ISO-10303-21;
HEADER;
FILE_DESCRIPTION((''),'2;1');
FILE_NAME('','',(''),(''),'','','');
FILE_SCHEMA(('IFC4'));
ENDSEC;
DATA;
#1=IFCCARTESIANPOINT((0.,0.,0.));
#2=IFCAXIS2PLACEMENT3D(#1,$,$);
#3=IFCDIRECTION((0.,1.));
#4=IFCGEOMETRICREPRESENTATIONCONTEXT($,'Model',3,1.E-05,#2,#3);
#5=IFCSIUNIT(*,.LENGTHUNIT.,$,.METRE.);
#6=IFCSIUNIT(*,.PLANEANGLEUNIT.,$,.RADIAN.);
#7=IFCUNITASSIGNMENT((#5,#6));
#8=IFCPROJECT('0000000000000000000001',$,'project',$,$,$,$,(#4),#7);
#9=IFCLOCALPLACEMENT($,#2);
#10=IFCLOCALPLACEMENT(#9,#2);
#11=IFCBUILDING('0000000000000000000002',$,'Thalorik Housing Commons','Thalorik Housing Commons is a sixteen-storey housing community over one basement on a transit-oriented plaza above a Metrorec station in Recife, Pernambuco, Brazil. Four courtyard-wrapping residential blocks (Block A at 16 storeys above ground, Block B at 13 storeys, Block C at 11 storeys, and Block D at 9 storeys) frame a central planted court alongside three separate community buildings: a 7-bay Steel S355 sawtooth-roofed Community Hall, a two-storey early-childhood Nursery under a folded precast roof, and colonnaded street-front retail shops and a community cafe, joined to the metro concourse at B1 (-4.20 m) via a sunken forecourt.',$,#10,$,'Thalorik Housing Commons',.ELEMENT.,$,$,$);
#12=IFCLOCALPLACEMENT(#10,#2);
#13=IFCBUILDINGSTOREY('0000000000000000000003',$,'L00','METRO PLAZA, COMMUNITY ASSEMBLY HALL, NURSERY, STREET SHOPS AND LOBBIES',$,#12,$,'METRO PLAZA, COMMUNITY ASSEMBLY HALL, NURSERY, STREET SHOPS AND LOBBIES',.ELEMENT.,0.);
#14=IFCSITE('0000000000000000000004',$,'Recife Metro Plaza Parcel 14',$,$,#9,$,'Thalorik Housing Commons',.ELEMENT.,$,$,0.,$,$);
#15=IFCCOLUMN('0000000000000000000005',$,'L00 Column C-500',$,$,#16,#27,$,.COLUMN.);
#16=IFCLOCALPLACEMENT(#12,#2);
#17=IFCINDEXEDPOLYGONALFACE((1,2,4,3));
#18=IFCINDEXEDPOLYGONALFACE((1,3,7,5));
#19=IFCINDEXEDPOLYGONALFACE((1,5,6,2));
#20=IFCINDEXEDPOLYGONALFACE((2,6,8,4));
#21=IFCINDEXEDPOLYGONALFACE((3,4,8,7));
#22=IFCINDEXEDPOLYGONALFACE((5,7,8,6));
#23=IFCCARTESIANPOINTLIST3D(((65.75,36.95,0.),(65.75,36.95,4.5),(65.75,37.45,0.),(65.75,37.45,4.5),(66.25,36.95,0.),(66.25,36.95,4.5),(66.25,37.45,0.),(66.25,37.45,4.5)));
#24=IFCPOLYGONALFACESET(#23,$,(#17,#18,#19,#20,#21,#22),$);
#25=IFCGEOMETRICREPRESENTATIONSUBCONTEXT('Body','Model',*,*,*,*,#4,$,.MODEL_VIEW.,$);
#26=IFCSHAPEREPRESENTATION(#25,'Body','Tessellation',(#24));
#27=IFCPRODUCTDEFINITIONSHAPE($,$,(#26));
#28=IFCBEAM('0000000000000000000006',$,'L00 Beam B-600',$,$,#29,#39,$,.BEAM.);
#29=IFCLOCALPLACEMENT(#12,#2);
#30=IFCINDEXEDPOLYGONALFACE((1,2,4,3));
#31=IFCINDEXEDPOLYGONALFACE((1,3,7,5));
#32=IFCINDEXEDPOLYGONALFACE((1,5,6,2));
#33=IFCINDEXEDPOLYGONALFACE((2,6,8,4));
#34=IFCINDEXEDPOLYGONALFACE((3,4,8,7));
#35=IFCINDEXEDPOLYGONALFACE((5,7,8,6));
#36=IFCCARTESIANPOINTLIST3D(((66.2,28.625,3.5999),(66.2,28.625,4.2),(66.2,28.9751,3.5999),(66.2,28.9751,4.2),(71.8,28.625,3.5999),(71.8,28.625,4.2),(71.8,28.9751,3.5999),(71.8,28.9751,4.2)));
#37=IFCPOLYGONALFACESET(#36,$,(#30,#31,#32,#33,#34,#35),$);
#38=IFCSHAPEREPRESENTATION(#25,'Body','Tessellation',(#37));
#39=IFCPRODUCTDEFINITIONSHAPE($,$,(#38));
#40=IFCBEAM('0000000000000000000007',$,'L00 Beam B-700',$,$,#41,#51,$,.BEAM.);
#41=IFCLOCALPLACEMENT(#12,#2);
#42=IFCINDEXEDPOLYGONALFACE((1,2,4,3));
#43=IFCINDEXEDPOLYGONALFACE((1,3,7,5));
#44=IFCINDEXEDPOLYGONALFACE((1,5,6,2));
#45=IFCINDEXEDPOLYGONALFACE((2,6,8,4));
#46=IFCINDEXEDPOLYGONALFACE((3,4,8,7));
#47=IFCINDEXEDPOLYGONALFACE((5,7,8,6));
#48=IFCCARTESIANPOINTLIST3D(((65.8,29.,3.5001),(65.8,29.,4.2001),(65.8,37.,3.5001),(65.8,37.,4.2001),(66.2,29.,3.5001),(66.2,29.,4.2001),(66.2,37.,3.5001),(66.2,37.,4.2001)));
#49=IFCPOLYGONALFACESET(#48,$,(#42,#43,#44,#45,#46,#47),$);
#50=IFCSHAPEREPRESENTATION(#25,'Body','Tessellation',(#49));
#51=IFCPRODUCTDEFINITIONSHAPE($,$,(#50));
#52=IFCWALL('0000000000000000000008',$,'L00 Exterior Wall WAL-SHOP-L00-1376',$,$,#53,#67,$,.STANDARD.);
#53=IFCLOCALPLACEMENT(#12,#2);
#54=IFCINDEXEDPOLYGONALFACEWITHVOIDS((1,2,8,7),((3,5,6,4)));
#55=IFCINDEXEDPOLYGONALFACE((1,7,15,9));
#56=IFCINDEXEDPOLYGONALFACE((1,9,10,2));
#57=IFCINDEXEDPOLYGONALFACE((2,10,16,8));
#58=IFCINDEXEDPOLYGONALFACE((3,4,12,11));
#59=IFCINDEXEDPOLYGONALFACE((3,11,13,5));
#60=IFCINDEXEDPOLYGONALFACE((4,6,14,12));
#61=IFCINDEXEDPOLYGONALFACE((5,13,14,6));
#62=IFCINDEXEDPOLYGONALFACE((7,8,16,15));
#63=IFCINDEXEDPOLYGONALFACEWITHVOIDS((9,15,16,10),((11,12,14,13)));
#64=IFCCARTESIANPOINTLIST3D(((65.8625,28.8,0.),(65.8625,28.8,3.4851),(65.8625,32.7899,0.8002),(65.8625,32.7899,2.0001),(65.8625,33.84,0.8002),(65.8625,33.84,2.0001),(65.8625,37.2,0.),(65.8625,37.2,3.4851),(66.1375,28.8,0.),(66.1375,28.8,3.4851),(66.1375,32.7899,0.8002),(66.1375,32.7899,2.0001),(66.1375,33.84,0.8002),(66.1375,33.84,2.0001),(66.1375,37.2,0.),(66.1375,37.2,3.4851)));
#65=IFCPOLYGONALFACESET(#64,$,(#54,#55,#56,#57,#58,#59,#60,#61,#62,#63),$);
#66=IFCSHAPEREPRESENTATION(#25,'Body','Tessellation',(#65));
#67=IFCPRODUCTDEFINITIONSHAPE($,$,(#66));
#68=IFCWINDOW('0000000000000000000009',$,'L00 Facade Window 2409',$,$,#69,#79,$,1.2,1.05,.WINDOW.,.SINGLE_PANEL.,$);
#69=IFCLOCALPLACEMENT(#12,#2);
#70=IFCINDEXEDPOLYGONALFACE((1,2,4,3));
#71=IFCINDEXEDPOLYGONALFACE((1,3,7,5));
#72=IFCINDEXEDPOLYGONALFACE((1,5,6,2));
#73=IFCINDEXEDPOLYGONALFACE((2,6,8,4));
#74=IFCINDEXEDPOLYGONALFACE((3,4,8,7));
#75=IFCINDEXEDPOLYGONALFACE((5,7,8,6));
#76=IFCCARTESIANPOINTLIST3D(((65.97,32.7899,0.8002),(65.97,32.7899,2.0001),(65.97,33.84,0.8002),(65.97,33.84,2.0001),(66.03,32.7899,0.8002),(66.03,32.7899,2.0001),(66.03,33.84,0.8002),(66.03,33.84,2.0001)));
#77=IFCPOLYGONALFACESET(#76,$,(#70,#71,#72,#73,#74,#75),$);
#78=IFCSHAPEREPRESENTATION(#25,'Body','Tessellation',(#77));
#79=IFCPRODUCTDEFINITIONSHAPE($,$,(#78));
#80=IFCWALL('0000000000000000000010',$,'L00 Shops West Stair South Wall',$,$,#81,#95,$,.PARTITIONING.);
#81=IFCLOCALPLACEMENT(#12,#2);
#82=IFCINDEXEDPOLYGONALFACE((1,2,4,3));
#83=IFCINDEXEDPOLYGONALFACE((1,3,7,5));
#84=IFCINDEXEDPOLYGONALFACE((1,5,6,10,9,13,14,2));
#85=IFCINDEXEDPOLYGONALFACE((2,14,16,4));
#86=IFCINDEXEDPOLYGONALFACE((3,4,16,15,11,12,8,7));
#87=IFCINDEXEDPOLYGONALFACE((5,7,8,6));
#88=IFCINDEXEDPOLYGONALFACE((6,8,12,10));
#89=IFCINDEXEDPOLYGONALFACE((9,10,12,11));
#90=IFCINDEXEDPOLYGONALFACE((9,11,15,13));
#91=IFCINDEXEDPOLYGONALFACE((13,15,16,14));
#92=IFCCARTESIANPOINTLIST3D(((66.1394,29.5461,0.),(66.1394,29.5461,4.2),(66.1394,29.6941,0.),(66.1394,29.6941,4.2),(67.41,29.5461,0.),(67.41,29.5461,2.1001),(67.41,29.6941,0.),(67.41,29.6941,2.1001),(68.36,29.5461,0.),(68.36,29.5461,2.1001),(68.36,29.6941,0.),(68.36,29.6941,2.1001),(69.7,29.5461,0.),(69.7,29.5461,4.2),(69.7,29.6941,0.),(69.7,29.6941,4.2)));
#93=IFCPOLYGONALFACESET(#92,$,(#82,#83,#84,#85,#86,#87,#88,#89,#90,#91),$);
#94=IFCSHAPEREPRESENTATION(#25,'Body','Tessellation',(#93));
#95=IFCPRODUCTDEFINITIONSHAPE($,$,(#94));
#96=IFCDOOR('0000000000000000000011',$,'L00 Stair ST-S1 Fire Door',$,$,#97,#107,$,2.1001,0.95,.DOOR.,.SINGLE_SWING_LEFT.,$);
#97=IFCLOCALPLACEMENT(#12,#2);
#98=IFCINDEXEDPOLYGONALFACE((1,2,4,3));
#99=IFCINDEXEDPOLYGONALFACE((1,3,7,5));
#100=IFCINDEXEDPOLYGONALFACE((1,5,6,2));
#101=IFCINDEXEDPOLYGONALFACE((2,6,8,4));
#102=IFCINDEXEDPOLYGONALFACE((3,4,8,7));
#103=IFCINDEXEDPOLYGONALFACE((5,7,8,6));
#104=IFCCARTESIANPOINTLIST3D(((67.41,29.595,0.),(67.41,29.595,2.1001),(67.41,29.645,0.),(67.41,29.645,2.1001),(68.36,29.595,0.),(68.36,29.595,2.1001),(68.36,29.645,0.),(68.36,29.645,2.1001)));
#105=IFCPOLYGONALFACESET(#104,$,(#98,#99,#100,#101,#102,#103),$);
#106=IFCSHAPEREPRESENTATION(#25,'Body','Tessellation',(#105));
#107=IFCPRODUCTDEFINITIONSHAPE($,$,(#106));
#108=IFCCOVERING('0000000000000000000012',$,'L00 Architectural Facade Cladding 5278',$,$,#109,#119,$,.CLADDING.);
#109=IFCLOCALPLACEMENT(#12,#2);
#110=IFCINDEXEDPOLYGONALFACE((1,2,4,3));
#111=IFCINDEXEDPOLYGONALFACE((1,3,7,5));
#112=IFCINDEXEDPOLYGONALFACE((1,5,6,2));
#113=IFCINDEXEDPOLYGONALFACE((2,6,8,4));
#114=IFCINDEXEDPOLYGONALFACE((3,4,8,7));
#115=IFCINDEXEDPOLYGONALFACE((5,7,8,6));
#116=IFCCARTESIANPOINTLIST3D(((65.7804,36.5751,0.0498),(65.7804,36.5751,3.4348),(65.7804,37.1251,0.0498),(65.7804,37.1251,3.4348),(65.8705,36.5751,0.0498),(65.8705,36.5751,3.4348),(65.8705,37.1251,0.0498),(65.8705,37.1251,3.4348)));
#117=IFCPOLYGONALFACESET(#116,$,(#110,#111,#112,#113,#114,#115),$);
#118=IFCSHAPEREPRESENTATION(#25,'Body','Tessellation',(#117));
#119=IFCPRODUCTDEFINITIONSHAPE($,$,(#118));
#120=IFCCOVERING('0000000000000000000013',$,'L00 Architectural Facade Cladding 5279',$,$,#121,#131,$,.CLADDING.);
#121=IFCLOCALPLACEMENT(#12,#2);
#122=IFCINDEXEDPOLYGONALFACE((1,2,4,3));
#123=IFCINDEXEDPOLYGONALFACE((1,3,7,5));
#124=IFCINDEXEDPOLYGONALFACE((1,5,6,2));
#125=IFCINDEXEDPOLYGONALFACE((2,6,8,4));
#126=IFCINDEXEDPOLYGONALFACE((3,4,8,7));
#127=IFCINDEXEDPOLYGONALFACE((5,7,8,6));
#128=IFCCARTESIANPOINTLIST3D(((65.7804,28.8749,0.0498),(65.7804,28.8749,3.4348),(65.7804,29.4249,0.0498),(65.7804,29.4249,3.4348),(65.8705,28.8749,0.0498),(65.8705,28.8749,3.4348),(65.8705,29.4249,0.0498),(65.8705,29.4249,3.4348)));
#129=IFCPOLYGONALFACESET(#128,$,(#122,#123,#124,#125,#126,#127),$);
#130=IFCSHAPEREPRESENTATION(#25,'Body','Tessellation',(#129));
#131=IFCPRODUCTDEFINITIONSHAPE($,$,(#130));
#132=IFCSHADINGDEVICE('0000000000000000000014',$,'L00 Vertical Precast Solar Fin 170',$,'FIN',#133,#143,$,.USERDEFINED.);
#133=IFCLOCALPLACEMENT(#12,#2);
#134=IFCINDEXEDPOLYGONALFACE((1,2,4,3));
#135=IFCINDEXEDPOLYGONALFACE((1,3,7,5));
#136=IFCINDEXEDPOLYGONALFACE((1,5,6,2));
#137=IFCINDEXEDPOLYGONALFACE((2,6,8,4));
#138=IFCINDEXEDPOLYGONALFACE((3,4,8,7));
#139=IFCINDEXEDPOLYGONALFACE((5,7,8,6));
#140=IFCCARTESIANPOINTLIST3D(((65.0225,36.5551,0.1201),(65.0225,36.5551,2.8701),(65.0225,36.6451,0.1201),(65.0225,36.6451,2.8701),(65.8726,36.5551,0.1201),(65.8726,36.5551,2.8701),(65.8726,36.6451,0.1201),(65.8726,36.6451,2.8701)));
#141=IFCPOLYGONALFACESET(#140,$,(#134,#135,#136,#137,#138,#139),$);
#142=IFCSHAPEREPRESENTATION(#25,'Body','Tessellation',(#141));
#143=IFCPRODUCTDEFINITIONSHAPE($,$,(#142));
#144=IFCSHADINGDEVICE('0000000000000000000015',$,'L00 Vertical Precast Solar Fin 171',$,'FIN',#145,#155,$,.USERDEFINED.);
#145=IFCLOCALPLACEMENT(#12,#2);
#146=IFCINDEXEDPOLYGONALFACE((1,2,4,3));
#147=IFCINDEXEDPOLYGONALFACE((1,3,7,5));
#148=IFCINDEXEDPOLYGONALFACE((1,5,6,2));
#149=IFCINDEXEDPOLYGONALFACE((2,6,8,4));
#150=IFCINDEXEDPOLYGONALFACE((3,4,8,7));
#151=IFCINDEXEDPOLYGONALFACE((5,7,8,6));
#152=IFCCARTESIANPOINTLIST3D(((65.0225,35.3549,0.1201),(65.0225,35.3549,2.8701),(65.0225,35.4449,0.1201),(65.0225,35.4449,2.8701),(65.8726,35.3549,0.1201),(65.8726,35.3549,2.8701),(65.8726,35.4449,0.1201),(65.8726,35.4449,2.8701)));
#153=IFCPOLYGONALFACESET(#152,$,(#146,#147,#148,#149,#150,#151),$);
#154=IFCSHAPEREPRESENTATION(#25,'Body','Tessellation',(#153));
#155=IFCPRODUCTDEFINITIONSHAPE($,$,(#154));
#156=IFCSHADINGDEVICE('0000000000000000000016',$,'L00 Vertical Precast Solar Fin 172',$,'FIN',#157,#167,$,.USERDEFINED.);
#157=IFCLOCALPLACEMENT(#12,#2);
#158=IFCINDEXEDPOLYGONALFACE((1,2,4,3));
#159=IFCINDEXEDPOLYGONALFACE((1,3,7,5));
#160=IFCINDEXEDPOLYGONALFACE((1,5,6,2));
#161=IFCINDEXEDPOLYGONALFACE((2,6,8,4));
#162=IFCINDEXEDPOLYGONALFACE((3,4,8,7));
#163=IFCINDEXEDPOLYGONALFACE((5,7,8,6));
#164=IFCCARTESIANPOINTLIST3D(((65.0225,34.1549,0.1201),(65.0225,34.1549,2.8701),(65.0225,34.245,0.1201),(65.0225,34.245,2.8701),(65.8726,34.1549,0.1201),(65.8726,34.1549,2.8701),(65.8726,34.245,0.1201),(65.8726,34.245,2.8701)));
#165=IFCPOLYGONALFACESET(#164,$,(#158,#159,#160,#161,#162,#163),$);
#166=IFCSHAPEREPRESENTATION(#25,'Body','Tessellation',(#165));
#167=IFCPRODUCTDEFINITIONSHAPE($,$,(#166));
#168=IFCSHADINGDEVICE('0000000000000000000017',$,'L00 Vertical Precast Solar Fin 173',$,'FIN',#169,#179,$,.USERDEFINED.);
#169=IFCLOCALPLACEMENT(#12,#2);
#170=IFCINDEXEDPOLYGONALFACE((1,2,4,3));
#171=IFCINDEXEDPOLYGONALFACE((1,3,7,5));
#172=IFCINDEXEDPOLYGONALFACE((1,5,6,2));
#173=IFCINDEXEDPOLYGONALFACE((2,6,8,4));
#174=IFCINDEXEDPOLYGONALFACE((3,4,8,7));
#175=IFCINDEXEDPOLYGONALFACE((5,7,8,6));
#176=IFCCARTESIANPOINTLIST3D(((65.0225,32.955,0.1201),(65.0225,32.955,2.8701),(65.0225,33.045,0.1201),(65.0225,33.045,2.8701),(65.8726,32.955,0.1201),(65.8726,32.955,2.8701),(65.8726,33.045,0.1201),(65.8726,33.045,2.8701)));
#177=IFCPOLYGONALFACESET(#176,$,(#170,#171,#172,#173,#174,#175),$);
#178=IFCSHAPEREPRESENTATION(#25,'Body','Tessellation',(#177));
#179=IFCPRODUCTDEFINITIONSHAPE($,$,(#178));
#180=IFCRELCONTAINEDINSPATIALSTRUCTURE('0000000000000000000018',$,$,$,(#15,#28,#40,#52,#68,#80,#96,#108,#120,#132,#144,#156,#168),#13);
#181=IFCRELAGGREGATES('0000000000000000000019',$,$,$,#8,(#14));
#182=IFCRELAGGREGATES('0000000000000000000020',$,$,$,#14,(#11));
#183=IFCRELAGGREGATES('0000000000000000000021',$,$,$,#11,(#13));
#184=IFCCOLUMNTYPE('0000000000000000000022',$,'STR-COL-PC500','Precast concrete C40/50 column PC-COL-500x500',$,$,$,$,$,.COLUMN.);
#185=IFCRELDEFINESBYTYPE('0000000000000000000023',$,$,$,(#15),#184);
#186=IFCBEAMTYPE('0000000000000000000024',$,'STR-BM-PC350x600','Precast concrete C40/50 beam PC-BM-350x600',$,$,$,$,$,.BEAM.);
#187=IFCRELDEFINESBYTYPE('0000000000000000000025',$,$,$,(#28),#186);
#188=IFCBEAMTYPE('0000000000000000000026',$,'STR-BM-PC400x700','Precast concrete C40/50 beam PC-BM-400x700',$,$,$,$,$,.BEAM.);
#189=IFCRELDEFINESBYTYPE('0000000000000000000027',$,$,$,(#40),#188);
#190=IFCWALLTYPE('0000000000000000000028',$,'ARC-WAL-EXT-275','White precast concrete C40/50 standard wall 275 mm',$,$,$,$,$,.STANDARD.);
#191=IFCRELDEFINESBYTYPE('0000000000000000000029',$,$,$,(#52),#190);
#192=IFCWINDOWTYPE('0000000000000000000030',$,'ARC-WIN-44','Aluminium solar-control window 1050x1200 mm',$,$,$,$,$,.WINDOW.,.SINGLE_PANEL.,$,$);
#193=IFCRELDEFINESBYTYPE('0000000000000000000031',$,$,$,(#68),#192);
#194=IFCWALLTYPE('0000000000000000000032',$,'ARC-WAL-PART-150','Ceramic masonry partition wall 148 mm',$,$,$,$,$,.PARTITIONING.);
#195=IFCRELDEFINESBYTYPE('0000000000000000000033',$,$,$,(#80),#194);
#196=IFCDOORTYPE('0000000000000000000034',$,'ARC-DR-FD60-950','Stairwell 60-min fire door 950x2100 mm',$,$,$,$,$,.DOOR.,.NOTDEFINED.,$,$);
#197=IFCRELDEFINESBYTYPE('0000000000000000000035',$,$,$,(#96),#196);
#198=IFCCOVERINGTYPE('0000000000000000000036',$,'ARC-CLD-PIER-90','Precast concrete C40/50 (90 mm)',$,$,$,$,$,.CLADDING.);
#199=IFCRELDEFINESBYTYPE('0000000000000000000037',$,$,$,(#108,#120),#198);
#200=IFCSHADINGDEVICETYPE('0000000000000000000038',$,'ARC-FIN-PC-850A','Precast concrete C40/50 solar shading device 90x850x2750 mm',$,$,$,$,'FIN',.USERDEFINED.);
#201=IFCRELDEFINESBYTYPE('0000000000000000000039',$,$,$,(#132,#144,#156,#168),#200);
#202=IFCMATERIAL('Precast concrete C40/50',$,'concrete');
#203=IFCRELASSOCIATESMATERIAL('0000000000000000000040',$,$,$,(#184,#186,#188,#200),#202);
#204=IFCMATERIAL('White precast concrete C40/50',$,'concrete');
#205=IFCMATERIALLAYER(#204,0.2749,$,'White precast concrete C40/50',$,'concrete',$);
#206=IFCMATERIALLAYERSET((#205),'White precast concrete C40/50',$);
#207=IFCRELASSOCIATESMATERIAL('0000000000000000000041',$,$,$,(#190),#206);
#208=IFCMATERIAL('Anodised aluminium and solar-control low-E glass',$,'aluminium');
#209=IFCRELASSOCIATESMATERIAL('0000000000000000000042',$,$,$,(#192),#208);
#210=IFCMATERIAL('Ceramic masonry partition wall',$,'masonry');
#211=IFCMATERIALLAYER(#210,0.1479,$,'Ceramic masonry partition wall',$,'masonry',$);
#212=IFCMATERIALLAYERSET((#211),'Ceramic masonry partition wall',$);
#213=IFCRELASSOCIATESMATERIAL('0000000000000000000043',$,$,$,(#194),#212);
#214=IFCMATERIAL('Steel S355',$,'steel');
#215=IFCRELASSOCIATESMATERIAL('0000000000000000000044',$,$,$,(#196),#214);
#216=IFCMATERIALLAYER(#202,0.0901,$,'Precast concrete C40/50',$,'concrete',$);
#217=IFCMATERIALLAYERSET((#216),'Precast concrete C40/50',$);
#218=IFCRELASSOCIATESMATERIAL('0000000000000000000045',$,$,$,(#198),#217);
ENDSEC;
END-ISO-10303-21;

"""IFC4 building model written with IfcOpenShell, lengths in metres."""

from ifc_helpers import new_model, si_unit, direction, frame, frame_2d, origin, origin_2d, place, context, subcontext, project, spatial, rectangle, extrude, material, layer, layer_set, material_profile, profile_set, type_object, element, fill, save


model = new_model("IFC4")

# Units and contexts
model_context = context("Model", 3, precision=1e-05, world=origin(), true_north=direction((0.0, 1.0)))
body_context = subcontext(model_context, "Body", "Model", "MODEL_VIEW")
ifc_project = project(units=[si_unit("LENGTHUNIT", "METRE"), si_unit("PLANEANGLEUNIT", "RADIAN")], contexts=[model_context])

# Site, building, storey
site_placement = place(None, origin())
site = spatial("IfcSite", under=ifc_project, at=site_placement, Name="Recife Metro Plaza Parcel 14", LongName="Thalorik Housing Commons", CompositionType="ELEMENT", RefElevation=0.0)
building_placement = place(site_placement, origin())
building = spatial("IfcBuilding", under=site, at=building_placement, Name="Thalorik Housing Commons", Description="Thalorik Housing Commons is a sixteen-storey housing community over one basement on a transit-oriented plaza above a Metrorec station in Recife, Pernambuco, Brazil. Four courtyard-wrapping residential blocks (Block A at 16 storeys above ground, Block B at 13 storeys, Block C at 11 storeys, and Block D at 9 storeys) frame a central planted court alongside three separate community buildings: a 7-bay Steel S355 sawtooth-roofed Community Hall, a two-storey early-childhood Nursery under a folded precast roof, and colonnaded street-front retail shops and a community cafe, joined to the metro concourse at B1 (-4.20 m) via a sunken forecourt.", LongName="Thalorik Housing Commons", CompositionType="ELEMENT")
storey_placement = place(building_placement, origin())
storey = spatial("IfcBuildingStorey", under=building, at=storey_placement, Name="L00", Description="METRO PLAZA, COMMUNITY ASSEMBLY HALL, NURSERY, STREET SHOPS AND LOBBIES", LongName="METRO PLAZA, COMMUNITY ASSEMBLY HALL, NURSERY, STREET SHOPS AND LOBBIES", CompositionType="ELEMENT", Elevation=0.0)

# Column
ifc_material_1 = material(Name="Precast concrete C40/50", Category="concrete")
ifc_material_profile_1 = material_profile(ifc_material_1, rectangle(XDim=0.5, YDim=0.5, at=origin_2d()), Name="PC 500x500", Category="concrete")
ifc_profile_set_1 = profile_set([ifc_material_profile_1], Name="Precast concrete C40/50")
column_type = type_object("IfcColumnType", Name="STR-COL-PC500", Description="Precast concrete C40/50 column PC-COL-500x500", PredefinedType="COLUMN", material=ifc_profile_set_1)
column_placement = place(storey_placement, frame((66.0, 37.2, 0.0), z_axis=(0.0, 0.0, 1.0), x_axis=(1.0, 0.0, 0.0)))
element("IfcColumn", 1, at=column_placement, inside=storey, type_object=column_type, Name="L00 Column C-500", PredefinedType="COLUMN", context=body_context, shape_type="SweptSolid", body=[
    extrude(rectangle(XDim=0.5, YDim=0.5, at=origin_2d()), origin(), (0.0, 0.0, 1.0), 4.5),
])

# Beams
ifc_material_profile_2 = material_profile(ifc_material_1, rectangle(XDim=0.3501, YDim=0.6001, at=origin_2d()), Name="PC 350x600", Category="concrete")
ifc_profile_set_2 = profile_set([ifc_material_profile_2], Name="Precast concrete C40/50")
beam_type_1 = type_object("IfcBeamType", Name="STR-BM-PC350x600", Description="Precast concrete C40/50 beam PC-BM-350x600", PredefinedType="BEAM", material=ifc_profile_set_2)
beam_1_placement = place(storey_placement, frame((66.2, 28.8, 3.8999), z_axis=(1.0, 0.0, 0.0), x_axis=(0.0, 1.0, 0.0)))
element("IfcBeam", 2, at=beam_1_placement, inside=storey, type_object=beam_type_1, Name="L00 Beam B-600", PredefinedType="BEAM", context=body_context, shape_type="SweptSolid", body=[
    extrude(rectangle(XDim=0.3501, YDim=0.6001, at=origin_2d()), origin(), (0.0, 0.0, 1.0), 5.6001),
])
ifc_material_profile_3 = material_profile(ifc_material_1, rectangle(XDim=0.3999, YDim=0.7, at=origin_2d()), Name="PC 400x700", Category="concrete")
ifc_profile_set_3 = profile_set([ifc_material_profile_3], Name="Precast concrete C40/50")
beam_type_2 = type_object("IfcBeamType", Name="STR-BM-PC400x700", Description="Precast concrete C40/50 beam PC-BM-400x700", PredefinedType="BEAM", material=ifc_profile_set_3)
beam_2_placement = place(storey_placement, frame((66.0, 29.0, 3.8501), z_axis=(0.0, 1.0, 0.0), x_axis=(-1.0, 0.0, 0.0)))
element("IfcBeam", 3, at=beam_2_placement, inside=storey, type_object=beam_type_2, Name="L00 Beam B-700", PredefinedType="BEAM", context=body_context, shape_type="SweptSolid", body=[
    extrude(rectangle(XDim=0.3999, YDim=0.7, at=origin_2d()), origin(), (0.0, 0.0, 1.0), 8.0),
])

# Wall, opening, window
ifc_material_2 = material(Name="White precast concrete C40/50", Category="concrete")
ifc_layer_1 = layer(ifc_material_2, 0.2749, Name="White precast concrete C40/50", Category="concrete")
ifc_layer_set_1 = layer_set([ifc_layer_1], Name="White precast concrete C40/50")
wall_type_1 = type_object("IfcWallType", Name="ARC-WAL-EXT-275", Description="White precast concrete C40/50 standard wall 275 mm", PredefinedType="STANDARD", material=ifc_layer_set_1)
wall_1_placement = place(storey_placement, frame((66.0, 37.2, 0.0), z_axis=(0.0, 0.0, 1.0), x_axis=(0.0, -1.0, 0.0)))
wall_1 = element("IfcWall", 4, at=wall_1_placement, inside=storey, type_object=wall_type_1, Name="L00 Exterior Wall WAL-SHOP-L00-1376", PredefinedType="STANDARD", context=body_context, shape_type="SweptSolid", body=[
    extrude(rectangle(XDim=8.3999, YDim=0.2749, at=frame_2d((4.2, 0.0))), origin(), (0.0, 0.0, 1.0), 3.4851),
])
opening_1_placement = place(wall_1_placement, frame((3.3601, 0.0, 0.8)))
opening_1 = element("IfcOpeningElement", 5, at=opening_1_placement, cuts=wall_1, PredefinedType="OPENING", context=body_context, shape_type="SweptSolid", body=[
    extrude(rectangle(XDim=1.05, YDim=1.2, at=frame_2d((0.5249, 0.6001))), frame((0.0, 0.1475, 0.0), z_axis=(0.0, -1.0, 0.0), x_axis=(1.0, 0.0, 0.0)), (0.0, 0.0, 1.0), 0.2949),
])
ifc_material_3 = material(Name="Anodised aluminium and solar-control low-E glass", Category="aluminium")
window_type = type_object("IfcWindowType", Name="ARC-WIN-44", Description="Aluminium solar-control window 1050x1200 mm", PartitioningType="SINGLE_PANEL", PredefinedType="WINDOW", material=ifc_material_3)
window_placement = place(opening_1_placement, origin())
window = element("IfcWindow", 6, at=window_placement, inside=storey, type_object=window_type, Name="L00 Facade Window 2409", OverallHeight=1.2, OverallWidth=1.05, PartitioningType="SINGLE_PANEL", PredefinedType="WINDOW", context=body_context, shape_type="SweptSolid", body=[
    extrude(rectangle(XDim=1.05, YDim=1.2, at=frame_2d((0.5249, 0.6001))), frame((0.0, 0.03, 0.0), z_axis=(0.0, -1.0, 0.0), x_axis=(1.0, 0.0, 0.0)), (0.0, 0.0, 1.0), 0.0601),
])
fill(opening_1, window)

# Wall, opening, door
ifc_material_4 = material(Name="Ceramic masonry partition wall", Category="masonry")
ifc_layer_2 = layer(ifc_material_4, 0.1479, Name="Ceramic masonry partition wall", Category="masonry")
ifc_layer_set_2 = layer_set([ifc_layer_2], Name="Ceramic masonry partition wall")
wall_type_2 = type_object("IfcWallType", Name="ARC-WAL-PART-150", Description="Ceramic masonry partition wall 148 mm", PredefinedType="PARTITIONING", material=ifc_layer_set_2)
wall_2_placement = place(storey_placement, frame((66.1394, 29.6201, 0.0), z_axis=(0.0, 0.0, 1.0), x_axis=(1.0, 0.0, 0.0)))
wall_2 = element("IfcWall", 7, at=wall_2_placement, inside=storey, type_object=wall_type_2, Name="L00 Shops West Stair South Wall", PredefinedType="PARTITIONING", context=body_context, shape_type="SweptSolid", body=[
    extrude(rectangle(XDim=3.5605, YDim=0.1479, at=frame_2d((1.7803, 0.0))), origin(), (0.0, 0.0, 1.0), 4.2),
])
opening_2_placement = place(wall_2_placement, frame((1.2705, 0.0, 0.0)))
opening_2 = element("IfcOpeningElement", 8, at=opening_2_placement, cuts=wall_2, PredefinedType="OPENING", context=body_context, shape_type="SweptSolid", body=[
    extrude(rectangle(XDim=0.95, YDim=2.1001, at=frame_2d((0.4751, 1.05))), frame((0.0, 0.084, 0.0), z_axis=(0.0, -1.0, 0.0), x_axis=(1.0, 0.0, 0.0)), (0.0, 0.0, 1.0), 0.168),
])
ifc_material_5 = material(Name="Steel S355", Category="steel")
door_type = type_object("IfcDoorType", Name="ARC-DR-FD60-950", Description="Stairwell 60-min fire door 950x2100 mm", OperationType="NOTDEFINED", PredefinedType="DOOR", material=ifc_material_5)
door_placement = place(opening_2_placement, origin())
door = element("IfcDoor", 9, at=door_placement, inside=storey, type_object=door_type, Name="L00 Stair ST-S1 Fire Door", OperationType="SINGLE_SWING_LEFT", OverallHeight=2.1001, OverallWidth=0.95, PredefinedType="DOOR", context=body_context, shape_type="SweptSolid", body=[
    extrude(rectangle(XDim=0.95, YDim=2.1001, at=frame_2d((0.4751, 1.05))), frame((0.0, 0.0249, 0.0), z_axis=(0.0, -1.0, 0.0), x_axis=(1.0, 0.0, 0.0)), (0.0, 0.0, 1.0), 0.05),
])
fill(opening_2, door)

# Coverings
ifc_layer_3 = layer(ifc_material_1, 0.0901, Name="Precast concrete C40/50", Category="concrete")
ifc_layer_set_3 = layer_set([ifc_layer_3], Name="Precast concrete C40/50")
covering_type = type_object("IfcCoveringType", Name="ARC-CLD-PIER-90", Description="Precast concrete C40/50 (90 mm)", PredefinedType="CLADDING", material=ifc_layer_set_3)
for number, where, z_axis, x_axis, name in (
    (10, (65.8254, 36.8501, 0.0498), (0.0, 0.0, 1.0), (0.0, -1.0, 0.0), "L00 Architectural Facade Cladding 5278"),
    (11, (65.8254, 29.1499, 0.0498), (0.0, 0.0, 1.0), (0.0, -1.0, 0.0), "L00 Architectural Facade Cladding 5279"),
):
    element("IfcCovering", number, at=place(storey_placement, frame(where, z_axis=z_axis, x_axis=x_axis)), inside=storey, type_object=covering_type, Name=name, PredefinedType="CLADDING", context=body_context, shape_type="SweptSolid", body=[
        extrude(rectangle(XDim=0.55, YDim=0.0901, at=origin_2d()), origin(), (0.0, 0.0, 1.0), 3.385),
    ])

# Shading devices
shading_device_type = type_object("IfcShadingDeviceType", Name="ARC-FIN-PC-850A", Description="Precast concrete C40/50 solar shading device 90x850x2750 mm", ElementType="FIN", PredefinedType="USERDEFINED", material=ifc_material_1)
for number, where, z_axis, x_axis, name in (
    (12, (65.4475, 36.6001, 0.1201), (0.0, 0.0, 1.0), (0.0, -1.0, 0.0), "L00 Vertical Precast Solar Fin 170"),
    (13, (65.4475, 35.3999, 0.1201), (0.0, 0.0, 1.0), (0.0, -1.0, 0.0), "L00 Vertical Precast Solar Fin 171"),
    (14, (65.4475, 34.2, 0.1201), (0.0, 0.0, 1.0), (0.0, -1.0, 0.0), "L00 Vertical Precast Solar Fin 172"),
    (15, (65.4475, 33.0, 0.1201), (0.0, 0.0, 1.0), (0.0, -1.0, 0.0), "L00 Vertical Precast Solar Fin 173"),
):
    element("IfcShadingDevice", number, at=place(storey_placement, frame(where, z_axis=z_axis, x_axis=x_axis)), inside=storey, type_object=shading_device_type, Name=name, ObjectType="FIN", PredefinedType="USERDEFINED", context=body_context, shape_type="SweptSolid", body=[
        extrude(rectangle(XDim=0.0901, YDim=0.8501, at=origin_2d()), origin(), (0.0, 0.0, 1.0), 2.75),
    ])

save(model, "model.ifc")
